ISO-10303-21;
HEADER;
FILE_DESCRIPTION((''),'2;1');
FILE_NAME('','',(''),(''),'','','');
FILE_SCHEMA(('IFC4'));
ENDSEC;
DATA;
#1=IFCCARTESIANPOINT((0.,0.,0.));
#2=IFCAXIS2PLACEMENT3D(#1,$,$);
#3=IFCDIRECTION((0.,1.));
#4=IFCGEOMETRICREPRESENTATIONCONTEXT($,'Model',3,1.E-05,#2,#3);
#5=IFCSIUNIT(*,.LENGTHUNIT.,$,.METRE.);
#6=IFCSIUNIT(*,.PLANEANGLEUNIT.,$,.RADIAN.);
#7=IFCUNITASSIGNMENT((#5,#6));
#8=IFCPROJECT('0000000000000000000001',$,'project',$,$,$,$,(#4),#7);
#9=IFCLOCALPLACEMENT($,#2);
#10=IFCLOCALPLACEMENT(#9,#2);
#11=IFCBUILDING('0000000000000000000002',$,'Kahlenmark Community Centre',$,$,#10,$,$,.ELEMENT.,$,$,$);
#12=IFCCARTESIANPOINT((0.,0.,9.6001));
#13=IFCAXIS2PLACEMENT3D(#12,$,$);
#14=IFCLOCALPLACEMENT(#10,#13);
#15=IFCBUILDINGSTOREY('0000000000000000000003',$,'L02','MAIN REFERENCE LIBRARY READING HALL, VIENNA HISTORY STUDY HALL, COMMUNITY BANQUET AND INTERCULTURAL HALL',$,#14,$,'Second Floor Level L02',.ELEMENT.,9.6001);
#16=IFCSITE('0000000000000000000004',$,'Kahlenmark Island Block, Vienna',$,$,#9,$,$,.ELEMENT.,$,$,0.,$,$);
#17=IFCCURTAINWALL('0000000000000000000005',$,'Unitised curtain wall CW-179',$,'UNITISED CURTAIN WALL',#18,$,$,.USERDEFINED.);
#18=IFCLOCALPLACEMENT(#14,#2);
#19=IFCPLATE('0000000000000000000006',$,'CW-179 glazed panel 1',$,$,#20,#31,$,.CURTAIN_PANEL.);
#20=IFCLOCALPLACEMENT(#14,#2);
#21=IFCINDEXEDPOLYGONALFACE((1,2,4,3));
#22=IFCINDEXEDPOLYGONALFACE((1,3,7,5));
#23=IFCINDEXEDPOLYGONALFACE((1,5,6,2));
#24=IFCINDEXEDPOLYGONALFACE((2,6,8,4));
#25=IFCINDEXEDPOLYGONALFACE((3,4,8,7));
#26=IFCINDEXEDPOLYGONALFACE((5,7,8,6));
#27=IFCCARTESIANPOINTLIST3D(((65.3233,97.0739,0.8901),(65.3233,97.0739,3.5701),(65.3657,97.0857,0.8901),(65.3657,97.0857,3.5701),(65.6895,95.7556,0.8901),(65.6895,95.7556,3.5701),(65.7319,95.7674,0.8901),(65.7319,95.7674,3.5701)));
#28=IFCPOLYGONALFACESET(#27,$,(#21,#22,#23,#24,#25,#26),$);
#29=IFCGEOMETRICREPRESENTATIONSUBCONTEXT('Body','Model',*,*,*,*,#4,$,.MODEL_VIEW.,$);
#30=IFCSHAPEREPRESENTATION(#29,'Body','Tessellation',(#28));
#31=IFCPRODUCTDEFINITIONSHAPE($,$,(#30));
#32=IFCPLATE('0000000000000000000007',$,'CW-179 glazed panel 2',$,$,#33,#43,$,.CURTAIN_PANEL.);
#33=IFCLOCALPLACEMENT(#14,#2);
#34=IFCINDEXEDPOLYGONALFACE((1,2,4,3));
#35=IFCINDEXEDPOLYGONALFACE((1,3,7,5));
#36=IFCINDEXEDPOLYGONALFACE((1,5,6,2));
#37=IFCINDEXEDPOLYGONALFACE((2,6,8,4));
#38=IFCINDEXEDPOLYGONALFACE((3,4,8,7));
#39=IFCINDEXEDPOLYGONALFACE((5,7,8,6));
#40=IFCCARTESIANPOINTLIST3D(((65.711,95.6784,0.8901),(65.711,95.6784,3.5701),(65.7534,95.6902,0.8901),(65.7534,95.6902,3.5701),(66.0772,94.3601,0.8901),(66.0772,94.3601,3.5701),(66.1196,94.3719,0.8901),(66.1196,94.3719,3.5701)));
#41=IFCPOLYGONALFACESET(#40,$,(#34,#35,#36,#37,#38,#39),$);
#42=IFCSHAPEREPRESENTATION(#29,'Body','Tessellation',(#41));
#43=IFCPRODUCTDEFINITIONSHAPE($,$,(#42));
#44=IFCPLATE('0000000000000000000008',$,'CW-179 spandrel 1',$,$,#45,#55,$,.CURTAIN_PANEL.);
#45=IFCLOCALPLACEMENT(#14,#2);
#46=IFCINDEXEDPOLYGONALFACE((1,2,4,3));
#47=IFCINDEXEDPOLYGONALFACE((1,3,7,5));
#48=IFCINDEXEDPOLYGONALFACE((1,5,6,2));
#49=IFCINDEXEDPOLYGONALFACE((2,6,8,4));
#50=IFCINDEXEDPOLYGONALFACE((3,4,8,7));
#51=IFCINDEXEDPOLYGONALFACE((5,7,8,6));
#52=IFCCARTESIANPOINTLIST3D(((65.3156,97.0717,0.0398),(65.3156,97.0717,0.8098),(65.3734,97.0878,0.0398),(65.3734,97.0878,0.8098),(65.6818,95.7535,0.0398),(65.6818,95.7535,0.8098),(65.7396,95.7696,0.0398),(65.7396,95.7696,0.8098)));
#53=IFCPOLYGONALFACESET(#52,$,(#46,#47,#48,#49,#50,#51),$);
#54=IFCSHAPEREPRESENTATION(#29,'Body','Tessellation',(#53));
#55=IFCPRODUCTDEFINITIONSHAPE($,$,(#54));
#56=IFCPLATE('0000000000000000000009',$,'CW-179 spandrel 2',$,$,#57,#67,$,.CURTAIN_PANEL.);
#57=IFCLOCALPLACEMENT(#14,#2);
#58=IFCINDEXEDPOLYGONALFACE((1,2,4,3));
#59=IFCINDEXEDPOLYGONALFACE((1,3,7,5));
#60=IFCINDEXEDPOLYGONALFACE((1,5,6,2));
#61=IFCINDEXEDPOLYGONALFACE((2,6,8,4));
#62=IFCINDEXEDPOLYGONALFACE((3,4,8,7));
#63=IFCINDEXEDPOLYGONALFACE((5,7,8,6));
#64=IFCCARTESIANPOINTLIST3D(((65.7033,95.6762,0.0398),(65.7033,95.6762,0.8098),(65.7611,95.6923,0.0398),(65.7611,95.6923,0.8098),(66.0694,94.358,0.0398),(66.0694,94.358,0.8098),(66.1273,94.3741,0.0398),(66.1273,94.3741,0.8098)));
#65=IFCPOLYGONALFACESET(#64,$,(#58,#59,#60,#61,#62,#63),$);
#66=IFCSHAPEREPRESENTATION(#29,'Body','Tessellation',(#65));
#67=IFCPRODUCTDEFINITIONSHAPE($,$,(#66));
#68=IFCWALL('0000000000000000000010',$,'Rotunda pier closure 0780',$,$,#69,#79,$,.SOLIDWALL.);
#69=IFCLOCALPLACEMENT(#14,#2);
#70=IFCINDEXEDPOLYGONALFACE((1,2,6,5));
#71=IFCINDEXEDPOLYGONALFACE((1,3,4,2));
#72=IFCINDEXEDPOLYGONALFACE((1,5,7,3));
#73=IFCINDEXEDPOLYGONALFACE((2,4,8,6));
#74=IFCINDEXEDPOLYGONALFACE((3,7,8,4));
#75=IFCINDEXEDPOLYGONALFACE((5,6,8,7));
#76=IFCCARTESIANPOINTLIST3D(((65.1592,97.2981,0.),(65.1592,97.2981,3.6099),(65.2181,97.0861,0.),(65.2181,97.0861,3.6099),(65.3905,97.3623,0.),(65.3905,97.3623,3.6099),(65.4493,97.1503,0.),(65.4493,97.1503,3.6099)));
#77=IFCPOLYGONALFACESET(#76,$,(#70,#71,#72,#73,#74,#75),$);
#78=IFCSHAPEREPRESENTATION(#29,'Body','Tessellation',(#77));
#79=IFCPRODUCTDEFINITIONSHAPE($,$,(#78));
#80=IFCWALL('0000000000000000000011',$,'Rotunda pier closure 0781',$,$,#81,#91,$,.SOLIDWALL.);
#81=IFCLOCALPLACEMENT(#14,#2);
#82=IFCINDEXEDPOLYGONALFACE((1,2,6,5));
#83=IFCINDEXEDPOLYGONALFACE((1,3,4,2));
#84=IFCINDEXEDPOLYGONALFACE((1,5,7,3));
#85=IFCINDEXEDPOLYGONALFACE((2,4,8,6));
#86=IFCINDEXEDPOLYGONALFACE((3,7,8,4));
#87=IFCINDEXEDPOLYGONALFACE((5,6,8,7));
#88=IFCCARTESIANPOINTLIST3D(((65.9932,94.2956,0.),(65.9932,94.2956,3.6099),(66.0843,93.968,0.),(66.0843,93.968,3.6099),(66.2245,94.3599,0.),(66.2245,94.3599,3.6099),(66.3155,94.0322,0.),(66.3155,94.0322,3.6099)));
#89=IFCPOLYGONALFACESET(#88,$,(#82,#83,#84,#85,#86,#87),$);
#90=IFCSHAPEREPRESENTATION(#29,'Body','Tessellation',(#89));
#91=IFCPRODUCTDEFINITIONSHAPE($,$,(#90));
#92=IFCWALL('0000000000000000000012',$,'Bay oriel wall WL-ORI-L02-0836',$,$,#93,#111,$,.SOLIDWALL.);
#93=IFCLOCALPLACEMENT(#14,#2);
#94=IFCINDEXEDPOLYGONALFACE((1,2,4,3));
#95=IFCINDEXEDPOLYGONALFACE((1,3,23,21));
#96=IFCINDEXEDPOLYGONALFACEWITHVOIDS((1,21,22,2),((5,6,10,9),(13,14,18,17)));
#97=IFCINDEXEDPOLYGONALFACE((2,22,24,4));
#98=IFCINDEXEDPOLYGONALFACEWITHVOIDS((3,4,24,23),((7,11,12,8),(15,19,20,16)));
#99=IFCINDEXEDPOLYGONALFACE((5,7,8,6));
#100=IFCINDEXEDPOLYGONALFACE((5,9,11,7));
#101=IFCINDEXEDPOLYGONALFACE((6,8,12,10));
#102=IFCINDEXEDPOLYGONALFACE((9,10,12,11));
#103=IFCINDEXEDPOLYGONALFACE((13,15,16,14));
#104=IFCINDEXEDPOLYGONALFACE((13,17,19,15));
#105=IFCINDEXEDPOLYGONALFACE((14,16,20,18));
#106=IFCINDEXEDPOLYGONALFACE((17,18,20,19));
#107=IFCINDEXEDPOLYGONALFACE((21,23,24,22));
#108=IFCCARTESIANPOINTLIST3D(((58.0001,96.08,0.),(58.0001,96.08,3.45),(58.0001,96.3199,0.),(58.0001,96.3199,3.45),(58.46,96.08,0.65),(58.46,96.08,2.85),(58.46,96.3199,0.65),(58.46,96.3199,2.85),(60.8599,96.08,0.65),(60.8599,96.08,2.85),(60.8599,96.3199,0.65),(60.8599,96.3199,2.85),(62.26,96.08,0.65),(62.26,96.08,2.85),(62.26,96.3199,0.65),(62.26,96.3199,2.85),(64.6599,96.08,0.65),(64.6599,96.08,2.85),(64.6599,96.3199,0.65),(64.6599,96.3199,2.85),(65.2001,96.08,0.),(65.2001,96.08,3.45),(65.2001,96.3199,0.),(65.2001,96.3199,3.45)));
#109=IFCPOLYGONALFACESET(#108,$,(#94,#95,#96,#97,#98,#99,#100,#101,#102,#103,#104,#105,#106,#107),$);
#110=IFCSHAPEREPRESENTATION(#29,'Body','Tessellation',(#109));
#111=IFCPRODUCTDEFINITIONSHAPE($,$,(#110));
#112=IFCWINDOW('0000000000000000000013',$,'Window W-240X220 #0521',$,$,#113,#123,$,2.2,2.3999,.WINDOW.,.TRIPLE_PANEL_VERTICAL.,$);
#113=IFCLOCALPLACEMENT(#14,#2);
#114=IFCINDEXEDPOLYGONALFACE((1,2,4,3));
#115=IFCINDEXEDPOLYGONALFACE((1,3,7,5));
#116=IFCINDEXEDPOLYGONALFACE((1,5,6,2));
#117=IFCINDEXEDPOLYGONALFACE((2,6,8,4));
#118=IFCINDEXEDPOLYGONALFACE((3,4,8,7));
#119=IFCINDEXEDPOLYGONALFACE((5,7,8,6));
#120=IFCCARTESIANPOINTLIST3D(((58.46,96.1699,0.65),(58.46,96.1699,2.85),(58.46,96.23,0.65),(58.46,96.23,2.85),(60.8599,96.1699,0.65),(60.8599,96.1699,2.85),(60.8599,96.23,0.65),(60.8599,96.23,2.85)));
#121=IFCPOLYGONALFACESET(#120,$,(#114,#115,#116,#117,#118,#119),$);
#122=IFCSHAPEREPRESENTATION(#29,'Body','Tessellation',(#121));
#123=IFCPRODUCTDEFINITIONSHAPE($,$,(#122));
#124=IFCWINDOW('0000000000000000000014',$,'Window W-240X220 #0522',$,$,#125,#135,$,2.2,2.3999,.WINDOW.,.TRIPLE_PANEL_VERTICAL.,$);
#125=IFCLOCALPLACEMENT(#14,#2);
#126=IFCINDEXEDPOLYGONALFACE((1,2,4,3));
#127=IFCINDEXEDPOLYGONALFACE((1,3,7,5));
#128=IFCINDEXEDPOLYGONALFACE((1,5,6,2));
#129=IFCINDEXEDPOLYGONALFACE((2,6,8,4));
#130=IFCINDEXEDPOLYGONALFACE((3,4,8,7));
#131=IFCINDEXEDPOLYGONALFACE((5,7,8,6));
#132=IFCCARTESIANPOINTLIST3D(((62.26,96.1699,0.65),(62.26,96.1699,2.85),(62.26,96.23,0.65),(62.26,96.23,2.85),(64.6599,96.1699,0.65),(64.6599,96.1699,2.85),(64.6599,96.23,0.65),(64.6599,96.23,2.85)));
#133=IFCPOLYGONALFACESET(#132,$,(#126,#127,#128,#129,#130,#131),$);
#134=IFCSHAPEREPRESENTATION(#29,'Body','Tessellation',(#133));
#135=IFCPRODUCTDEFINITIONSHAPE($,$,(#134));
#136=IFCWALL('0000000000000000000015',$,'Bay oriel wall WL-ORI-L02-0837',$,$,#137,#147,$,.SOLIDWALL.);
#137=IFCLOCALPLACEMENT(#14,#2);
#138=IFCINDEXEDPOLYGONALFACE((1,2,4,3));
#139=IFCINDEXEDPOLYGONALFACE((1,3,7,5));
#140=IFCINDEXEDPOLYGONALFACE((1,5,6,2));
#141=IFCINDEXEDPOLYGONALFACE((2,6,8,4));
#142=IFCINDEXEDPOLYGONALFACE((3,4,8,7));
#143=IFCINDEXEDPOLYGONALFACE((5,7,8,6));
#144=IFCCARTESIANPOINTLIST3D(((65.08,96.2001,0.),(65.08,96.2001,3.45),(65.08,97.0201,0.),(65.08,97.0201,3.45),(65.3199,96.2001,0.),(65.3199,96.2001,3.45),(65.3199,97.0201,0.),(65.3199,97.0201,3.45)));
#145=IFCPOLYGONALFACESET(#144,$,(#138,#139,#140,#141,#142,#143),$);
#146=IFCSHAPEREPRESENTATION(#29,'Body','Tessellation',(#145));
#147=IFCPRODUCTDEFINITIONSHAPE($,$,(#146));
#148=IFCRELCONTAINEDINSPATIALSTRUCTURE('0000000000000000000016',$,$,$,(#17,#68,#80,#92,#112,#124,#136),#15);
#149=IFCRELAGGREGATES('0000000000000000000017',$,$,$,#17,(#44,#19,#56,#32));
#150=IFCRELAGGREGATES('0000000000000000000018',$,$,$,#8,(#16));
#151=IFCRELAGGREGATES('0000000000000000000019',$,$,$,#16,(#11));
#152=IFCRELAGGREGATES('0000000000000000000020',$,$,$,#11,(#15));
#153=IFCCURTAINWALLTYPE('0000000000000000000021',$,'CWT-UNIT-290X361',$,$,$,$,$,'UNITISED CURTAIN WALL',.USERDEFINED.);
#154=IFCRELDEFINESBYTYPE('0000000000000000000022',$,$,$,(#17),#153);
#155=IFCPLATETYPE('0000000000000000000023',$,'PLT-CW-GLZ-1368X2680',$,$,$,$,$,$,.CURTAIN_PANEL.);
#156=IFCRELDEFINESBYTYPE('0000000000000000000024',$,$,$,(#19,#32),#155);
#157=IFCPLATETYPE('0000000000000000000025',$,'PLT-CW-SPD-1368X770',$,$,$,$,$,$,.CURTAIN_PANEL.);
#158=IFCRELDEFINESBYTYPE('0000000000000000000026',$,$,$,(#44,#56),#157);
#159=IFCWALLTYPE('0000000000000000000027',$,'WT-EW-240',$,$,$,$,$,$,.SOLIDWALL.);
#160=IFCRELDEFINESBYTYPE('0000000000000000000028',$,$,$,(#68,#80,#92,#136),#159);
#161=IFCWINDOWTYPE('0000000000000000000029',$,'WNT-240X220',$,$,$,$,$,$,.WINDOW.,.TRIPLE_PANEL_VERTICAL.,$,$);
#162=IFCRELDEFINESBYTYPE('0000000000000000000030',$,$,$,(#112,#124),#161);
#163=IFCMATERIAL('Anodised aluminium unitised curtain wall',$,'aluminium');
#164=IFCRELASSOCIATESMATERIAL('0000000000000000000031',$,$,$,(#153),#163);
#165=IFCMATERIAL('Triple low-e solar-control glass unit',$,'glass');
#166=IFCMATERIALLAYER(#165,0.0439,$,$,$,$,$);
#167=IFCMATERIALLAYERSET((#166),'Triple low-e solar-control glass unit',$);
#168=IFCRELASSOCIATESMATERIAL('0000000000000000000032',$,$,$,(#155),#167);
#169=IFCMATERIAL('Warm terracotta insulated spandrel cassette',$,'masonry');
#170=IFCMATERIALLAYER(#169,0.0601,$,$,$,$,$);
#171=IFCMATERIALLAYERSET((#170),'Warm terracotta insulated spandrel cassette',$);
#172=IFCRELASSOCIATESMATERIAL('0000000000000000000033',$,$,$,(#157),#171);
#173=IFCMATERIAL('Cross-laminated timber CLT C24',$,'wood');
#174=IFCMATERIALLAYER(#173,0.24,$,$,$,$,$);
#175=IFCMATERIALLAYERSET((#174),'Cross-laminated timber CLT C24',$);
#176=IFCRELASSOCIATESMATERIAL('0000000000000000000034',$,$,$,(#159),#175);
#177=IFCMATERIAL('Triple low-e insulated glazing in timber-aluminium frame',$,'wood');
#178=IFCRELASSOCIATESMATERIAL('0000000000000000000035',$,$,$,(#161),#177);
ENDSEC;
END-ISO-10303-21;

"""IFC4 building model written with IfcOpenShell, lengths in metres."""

from ifc_helpers import new_model, si_unit, direction, frame, frame_2d, origin, origin_2d, place, context, subcontext, project, spatial, rectangle, extrude, material, layer, layer_set, type_object, element, fill, aggregate, save


model = new_model("IFC4")

# Units and contexts
model_context = context("Model", 3, precision=1e-05, world=origin(), true_north=direction((0.0, 1.0)))
body_context = subcontext(model_context, "Body", "Model", "MODEL_VIEW")
ifc_project = project(units=[si_unit("LENGTHUNIT", "METRE"), si_unit("PLANEANGLEUNIT", "RADIAN")], contexts=[model_context])

# Site, building, storey
site_placement = place(None, origin())
site = spatial("IfcSite", under=ifc_project, at=site_placement, Name="Kahlenmark Island Block, Vienna", CompositionType="ELEMENT", RefElevation=0.0)
building_placement = place(site_placement, origin())
building = spatial("IfcBuilding", under=site, at=building_placement, Name="Kahlenmark Community Centre", CompositionType="ELEMENT")
storey_placement = place(building_placement, frame((0.0, 0.0, 9.6001)))
storey = spatial("IfcBuildingStorey", under=building, at=storey_placement, Name="L02", Description="MAIN REFERENCE LIBRARY READING HALL, VIENNA HISTORY STUDY HALL, COMMUNITY BANQUET AND INTERCULTURAL HALL", LongName="Second Floor Level L02", CompositionType="ELEMENT", Elevation=9.6001)

# Curtain wall, plates
ifc_material_1 = material(Name="Anodised aluminium unitised curtain wall", Category="aluminium")
curtain_wall_type = type_object("IfcCurtainWallType", Name="CWT-UNIT-290X361", ElementType="UNITISED CURTAIN WALL", PredefinedType="USERDEFINED", material=ifc_material_1)
curtain_wall_placement = place(storey_placement, origin())
curtain_wall = element("IfcCurtainWall", 1, at=curtain_wall_placement, inside=storey, type_object=curtain_wall_type, Name="Unitised curtain wall CW-179", ObjectType="UNITISED CURTAIN WALL", PredefinedType="USERDEFINED")
ifc_material_2 = material(Name="Triple low-e solar-control glass unit", Category="glass")
ifc_layer_1 = layer(ifc_material_2, 0.0439)
ifc_layer_set_1 = layer_set([ifc_layer_1], Name="Triple low-e solar-control glass unit")
plate_type_1 = type_object("IfcPlateType", Name="PLT-CW-GLZ-1368X2680", PredefinedType="CURTAIN_PANEL", material=ifc_layer_set_1)
plate_1_placement = place(storey_placement, frame((65.5276, 96.4207, 0.8901), z_axis=(0.0, 0.0, 1.0), x_axis=(0.267654, -0.963515, 0.0)))
plate_1 = element("IfcPlate", 2, at=plate_1_placement, type_object=plate_type_1, Name="CW-179 glazed panel 1", PredefinedType="CURTAIN_PANEL", context=body_context, shape_type="SweptSolid", body=[
    extrude(rectangle(XDim=1.3682, YDim=0.0439, at=origin_2d()), origin(), (0.0, 0.0, 1.0), 2.6799),
])
plate_2_placement = place(storey_placement, frame((65.9153, 95.0251, 0.8901), z_axis=(0.0, 0.0, 1.0), x_axis=(0.267654, -0.963515, 0.0)))
plate_2 = element("IfcPlate", 3, at=plate_2_placement, type_object=plate_type_1, Name="CW-179 glazed panel 2", PredefinedType="CURTAIN_PANEL", context=body_context, shape_type="SweptSolid", body=[
    extrude(rectangle(XDim=1.3682, YDim=0.0439, at=origin_2d()), origin(), (0.0, 0.0, 1.0), 2.6799),
])
ifc_material_3 = material(Name="Warm terracotta insulated spandrel cassette", Category="masonry")
ifc_layer_2 = layer(ifc_material_3, 0.0601)
ifc_layer_set_2 = layer_set([ifc_layer_2], Name="Warm terracotta insulated spandrel cassette")
plate_type_2 = type_object("IfcPlateType", Name="PLT-CW-SPD-1368X770", PredefinedType="CURTAIN_PANEL", material=ifc_layer_set_2)
plate_3_placement = place(storey_placement, frame((65.5276, 96.4207, 0.0398), z_axis=(0.0, 0.0, 1.0), x_axis=(0.267654, -0.963515, 0.0)))
plate_3 = element("IfcPlate", 4, at=plate_3_placement, type_object=plate_type_2, Name="CW-179 spandrel 1", PredefinedType="CURTAIN_PANEL", context=body_context, shape_type="SweptSolid", body=[
    extrude(rectangle(XDim=1.3682, YDim=0.0601, at=origin_2d()), origin(), (0.0, 0.0, 1.0), 0.77),
])
plate_4_placement = place(storey_placement, frame((65.9153, 95.0251, 0.0398), z_axis=(0.0, 0.0, 1.0), x_axis=(0.267654, -0.963515, 0.0)))
plate_4 = element("IfcPlate", 5, at=plate_4_placement, type_object=plate_type_2, Name="CW-179 spandrel 2", PredefinedType="CURTAIN_PANEL", context=body_context, shape_type="SweptSolid", body=[
    extrude(rectangle(XDim=1.3682, YDim=0.0601, at=origin_2d()), origin(), (0.0, 0.0, 1.0), 0.77),
])
aggregate(curtain_wall, [plate_3, plate_1, plate_4, plate_2])

# Walls
ifc_material_4 = material(Name="Cross-laminated timber CLT C24", Category="wood")
ifc_layer_3 = layer(ifc_material_4, 0.24)
ifc_layer_set_3 = layer_set([ifc_layer_3], Name="Cross-laminated timber CLT C24")
wall_type = type_object("IfcWallType", Name="WT-EW-240", PredefinedType="SOLIDWALL", material=ifc_layer_set_3)
wall_1_placement = place(storey_placement, frame((65.2749, 97.3301, 0.0), z_axis=(0.0, 0.0, 1.0), x_axis=(0.267529, -0.96355, 0.0)))
element("IfcWall", 6, at=wall_1_placement, inside=storey, type_object=wall_type, Name="Rotunda pier closure 0780", PredefinedType="SOLIDWALL", context=body_context, shape_type="SweptSolid", body=[
    extrude(rectangle(XDim=0.22, YDim=0.24, at=frame_2d((0.1099, 0.0))), origin(), (0.0, 0.0, 1.0), 3.6099),
])
wall_2_placement = place(storey_placement, frame((66.1089, 94.3276, 0.0), z_axis=(0.0, 0.0, 1.0), x_axis=(0.267792, -0.963477, 0.0)))
element("IfcWall", 7, at=wall_2_placement, inside=storey, type_object=wall_type, Name="Rotunda pier closure 0781", PredefinedType="SOLIDWALL", context=body_context, shape_type="SweptSolid", body=[
    extrude(rectangle(XDim=0.3401, YDim=0.24, at=frame_2d((0.1699, 0.0))), origin(), (0.0, 0.0, 1.0), 3.6099),
])

# Wall, openings, windows
wall_3_placement = place(storey_placement, frame((58.0, 96.2, 0.0), z_axis=(0.0, 0.0, 1.0), x_axis=(1.0, 0.0, 0.0)))
wall_3 = element("IfcWall", 8, at=wall_3_placement, inside=storey, type_object=wall_type, Name="Bay oriel wall WL-ORI-L02-0836", PredefinedType="SOLIDWALL", context=body_context, shape_type="SweptSolid", body=[
    extrude(rectangle(XDim=7.2, YDim=0.24, at=frame_2d((3.6001, 0.0))), origin(), (0.0, 0.0, 1.0), 3.45),
])
opening_1_placement = place(wall_3_placement, frame((0.46, 0.0, 0.6499)))
opening_1 = element("IfcOpeningElement", 9, at=opening_1_placement, cuts=wall_3, PredefinedType="OPENING", context=body_context, shape_type="SweptSolid", body=[
    extrude(rectangle(XDim=2.3999, YDim=2.2, at=frame_2d((1.2, 1.1001))), frame((0.0, 0.1299, 0.0), z_axis=(0.0, -1.0, 0.0), x_axis=(1.0, 0.0, 0.0)), (0.0, 0.0, 1.0), 0.26),
])
opening_2_placement = place(wall_3_placement, frame((4.26, 0.0, 0.6499)))
opening_2 = element("IfcOpeningElement", 10, at=opening_2_placement, cuts=wall_3, PredefinedType="OPENING", context=body_context, shape_type="SweptSolid", body=[
    extrude(rectangle(XDim=2.3999, YDim=2.2, at=frame_2d((1.2, 1.1001))), frame((0.0, 0.1299, 0.0), z_axis=(0.0, -1.0, 0.0), x_axis=(1.0, 0.0, 0.0)), (0.0, 0.0, 1.0), 0.26),
])
ifc_material_5 = material(Name="Triple low-e insulated glazing in timber-aluminium frame", Category="wood")
window_type = type_object("IfcWindowType", Name="WNT-240X220", PartitioningType="TRIPLE_PANEL_VERTICAL", PredefinedType="WINDOW", material=ifc_material_5)
window_1_placement = place(opening_1_placement, origin())
window_1 = element("IfcWindow", 11, at=window_1_placement, inside=storey, type_object=window_type, Name="Window W-240X220 #0521", OverallHeight=2.2, OverallWidth=2.3999, PartitioningType="TRIPLE_PANEL_VERTICAL", PredefinedType="WINDOW", context=body_context, shape_type="SweptSolid", body=[
    extrude(rectangle(XDim=2.3999, YDim=2.2, at=frame_2d((1.2, 1.1001))), frame((0.0, 0.03, 0.0), z_axis=(0.0, -1.0, 0.0), x_axis=(1.0, 0.0, 0.0)), (0.0, 0.0, 1.0), 0.0601),
])
fill(opening_1, window_1)
window_2_placement = place(opening_2_placement, origin())
window_2 = element("IfcWindow", 12, at=window_2_placement, inside=storey, type_object=window_type, Name="Window W-240X220 #0522", OverallHeight=2.2, OverallWidth=2.3999, PartitioningType="TRIPLE_PANEL_VERTICAL", PredefinedType="WINDOW", context=body_context, shape_type="SweptSolid", body=[
    extrude(rectangle(XDim=2.3999, YDim=2.2, at=frame_2d((1.2, 1.1001))), frame((0.0, 0.03, 0.0), z_axis=(0.0, -1.0, 0.0), x_axis=(1.0, 0.0, 0.0)), (0.0, 0.0, 1.0), 0.0601),
])
fill(opening_2, window_2)

# Wall
wall_4_placement = place(storey_placement, frame((65.2, 96.2, 0.0), z_axis=(0.0, 0.0, 1.0), x_axis=(0.0, 1.0, 0.0)))
element("IfcWall", 13, at=wall_4_placement, inside=storey, type_object=wall_type, Name="Bay oriel wall WL-ORI-L02-0837", PredefinedType="SOLIDWALL", context=body_context, shape_type="SweptSolid", body=[
    extrude(rectangle(XDim=0.8201, YDim=0.24, at=frame_2d((0.4102, 0.0))), origin(), (0.0, 0.0, 1.0), 3.45),
])

save(model, "model.ifc")
